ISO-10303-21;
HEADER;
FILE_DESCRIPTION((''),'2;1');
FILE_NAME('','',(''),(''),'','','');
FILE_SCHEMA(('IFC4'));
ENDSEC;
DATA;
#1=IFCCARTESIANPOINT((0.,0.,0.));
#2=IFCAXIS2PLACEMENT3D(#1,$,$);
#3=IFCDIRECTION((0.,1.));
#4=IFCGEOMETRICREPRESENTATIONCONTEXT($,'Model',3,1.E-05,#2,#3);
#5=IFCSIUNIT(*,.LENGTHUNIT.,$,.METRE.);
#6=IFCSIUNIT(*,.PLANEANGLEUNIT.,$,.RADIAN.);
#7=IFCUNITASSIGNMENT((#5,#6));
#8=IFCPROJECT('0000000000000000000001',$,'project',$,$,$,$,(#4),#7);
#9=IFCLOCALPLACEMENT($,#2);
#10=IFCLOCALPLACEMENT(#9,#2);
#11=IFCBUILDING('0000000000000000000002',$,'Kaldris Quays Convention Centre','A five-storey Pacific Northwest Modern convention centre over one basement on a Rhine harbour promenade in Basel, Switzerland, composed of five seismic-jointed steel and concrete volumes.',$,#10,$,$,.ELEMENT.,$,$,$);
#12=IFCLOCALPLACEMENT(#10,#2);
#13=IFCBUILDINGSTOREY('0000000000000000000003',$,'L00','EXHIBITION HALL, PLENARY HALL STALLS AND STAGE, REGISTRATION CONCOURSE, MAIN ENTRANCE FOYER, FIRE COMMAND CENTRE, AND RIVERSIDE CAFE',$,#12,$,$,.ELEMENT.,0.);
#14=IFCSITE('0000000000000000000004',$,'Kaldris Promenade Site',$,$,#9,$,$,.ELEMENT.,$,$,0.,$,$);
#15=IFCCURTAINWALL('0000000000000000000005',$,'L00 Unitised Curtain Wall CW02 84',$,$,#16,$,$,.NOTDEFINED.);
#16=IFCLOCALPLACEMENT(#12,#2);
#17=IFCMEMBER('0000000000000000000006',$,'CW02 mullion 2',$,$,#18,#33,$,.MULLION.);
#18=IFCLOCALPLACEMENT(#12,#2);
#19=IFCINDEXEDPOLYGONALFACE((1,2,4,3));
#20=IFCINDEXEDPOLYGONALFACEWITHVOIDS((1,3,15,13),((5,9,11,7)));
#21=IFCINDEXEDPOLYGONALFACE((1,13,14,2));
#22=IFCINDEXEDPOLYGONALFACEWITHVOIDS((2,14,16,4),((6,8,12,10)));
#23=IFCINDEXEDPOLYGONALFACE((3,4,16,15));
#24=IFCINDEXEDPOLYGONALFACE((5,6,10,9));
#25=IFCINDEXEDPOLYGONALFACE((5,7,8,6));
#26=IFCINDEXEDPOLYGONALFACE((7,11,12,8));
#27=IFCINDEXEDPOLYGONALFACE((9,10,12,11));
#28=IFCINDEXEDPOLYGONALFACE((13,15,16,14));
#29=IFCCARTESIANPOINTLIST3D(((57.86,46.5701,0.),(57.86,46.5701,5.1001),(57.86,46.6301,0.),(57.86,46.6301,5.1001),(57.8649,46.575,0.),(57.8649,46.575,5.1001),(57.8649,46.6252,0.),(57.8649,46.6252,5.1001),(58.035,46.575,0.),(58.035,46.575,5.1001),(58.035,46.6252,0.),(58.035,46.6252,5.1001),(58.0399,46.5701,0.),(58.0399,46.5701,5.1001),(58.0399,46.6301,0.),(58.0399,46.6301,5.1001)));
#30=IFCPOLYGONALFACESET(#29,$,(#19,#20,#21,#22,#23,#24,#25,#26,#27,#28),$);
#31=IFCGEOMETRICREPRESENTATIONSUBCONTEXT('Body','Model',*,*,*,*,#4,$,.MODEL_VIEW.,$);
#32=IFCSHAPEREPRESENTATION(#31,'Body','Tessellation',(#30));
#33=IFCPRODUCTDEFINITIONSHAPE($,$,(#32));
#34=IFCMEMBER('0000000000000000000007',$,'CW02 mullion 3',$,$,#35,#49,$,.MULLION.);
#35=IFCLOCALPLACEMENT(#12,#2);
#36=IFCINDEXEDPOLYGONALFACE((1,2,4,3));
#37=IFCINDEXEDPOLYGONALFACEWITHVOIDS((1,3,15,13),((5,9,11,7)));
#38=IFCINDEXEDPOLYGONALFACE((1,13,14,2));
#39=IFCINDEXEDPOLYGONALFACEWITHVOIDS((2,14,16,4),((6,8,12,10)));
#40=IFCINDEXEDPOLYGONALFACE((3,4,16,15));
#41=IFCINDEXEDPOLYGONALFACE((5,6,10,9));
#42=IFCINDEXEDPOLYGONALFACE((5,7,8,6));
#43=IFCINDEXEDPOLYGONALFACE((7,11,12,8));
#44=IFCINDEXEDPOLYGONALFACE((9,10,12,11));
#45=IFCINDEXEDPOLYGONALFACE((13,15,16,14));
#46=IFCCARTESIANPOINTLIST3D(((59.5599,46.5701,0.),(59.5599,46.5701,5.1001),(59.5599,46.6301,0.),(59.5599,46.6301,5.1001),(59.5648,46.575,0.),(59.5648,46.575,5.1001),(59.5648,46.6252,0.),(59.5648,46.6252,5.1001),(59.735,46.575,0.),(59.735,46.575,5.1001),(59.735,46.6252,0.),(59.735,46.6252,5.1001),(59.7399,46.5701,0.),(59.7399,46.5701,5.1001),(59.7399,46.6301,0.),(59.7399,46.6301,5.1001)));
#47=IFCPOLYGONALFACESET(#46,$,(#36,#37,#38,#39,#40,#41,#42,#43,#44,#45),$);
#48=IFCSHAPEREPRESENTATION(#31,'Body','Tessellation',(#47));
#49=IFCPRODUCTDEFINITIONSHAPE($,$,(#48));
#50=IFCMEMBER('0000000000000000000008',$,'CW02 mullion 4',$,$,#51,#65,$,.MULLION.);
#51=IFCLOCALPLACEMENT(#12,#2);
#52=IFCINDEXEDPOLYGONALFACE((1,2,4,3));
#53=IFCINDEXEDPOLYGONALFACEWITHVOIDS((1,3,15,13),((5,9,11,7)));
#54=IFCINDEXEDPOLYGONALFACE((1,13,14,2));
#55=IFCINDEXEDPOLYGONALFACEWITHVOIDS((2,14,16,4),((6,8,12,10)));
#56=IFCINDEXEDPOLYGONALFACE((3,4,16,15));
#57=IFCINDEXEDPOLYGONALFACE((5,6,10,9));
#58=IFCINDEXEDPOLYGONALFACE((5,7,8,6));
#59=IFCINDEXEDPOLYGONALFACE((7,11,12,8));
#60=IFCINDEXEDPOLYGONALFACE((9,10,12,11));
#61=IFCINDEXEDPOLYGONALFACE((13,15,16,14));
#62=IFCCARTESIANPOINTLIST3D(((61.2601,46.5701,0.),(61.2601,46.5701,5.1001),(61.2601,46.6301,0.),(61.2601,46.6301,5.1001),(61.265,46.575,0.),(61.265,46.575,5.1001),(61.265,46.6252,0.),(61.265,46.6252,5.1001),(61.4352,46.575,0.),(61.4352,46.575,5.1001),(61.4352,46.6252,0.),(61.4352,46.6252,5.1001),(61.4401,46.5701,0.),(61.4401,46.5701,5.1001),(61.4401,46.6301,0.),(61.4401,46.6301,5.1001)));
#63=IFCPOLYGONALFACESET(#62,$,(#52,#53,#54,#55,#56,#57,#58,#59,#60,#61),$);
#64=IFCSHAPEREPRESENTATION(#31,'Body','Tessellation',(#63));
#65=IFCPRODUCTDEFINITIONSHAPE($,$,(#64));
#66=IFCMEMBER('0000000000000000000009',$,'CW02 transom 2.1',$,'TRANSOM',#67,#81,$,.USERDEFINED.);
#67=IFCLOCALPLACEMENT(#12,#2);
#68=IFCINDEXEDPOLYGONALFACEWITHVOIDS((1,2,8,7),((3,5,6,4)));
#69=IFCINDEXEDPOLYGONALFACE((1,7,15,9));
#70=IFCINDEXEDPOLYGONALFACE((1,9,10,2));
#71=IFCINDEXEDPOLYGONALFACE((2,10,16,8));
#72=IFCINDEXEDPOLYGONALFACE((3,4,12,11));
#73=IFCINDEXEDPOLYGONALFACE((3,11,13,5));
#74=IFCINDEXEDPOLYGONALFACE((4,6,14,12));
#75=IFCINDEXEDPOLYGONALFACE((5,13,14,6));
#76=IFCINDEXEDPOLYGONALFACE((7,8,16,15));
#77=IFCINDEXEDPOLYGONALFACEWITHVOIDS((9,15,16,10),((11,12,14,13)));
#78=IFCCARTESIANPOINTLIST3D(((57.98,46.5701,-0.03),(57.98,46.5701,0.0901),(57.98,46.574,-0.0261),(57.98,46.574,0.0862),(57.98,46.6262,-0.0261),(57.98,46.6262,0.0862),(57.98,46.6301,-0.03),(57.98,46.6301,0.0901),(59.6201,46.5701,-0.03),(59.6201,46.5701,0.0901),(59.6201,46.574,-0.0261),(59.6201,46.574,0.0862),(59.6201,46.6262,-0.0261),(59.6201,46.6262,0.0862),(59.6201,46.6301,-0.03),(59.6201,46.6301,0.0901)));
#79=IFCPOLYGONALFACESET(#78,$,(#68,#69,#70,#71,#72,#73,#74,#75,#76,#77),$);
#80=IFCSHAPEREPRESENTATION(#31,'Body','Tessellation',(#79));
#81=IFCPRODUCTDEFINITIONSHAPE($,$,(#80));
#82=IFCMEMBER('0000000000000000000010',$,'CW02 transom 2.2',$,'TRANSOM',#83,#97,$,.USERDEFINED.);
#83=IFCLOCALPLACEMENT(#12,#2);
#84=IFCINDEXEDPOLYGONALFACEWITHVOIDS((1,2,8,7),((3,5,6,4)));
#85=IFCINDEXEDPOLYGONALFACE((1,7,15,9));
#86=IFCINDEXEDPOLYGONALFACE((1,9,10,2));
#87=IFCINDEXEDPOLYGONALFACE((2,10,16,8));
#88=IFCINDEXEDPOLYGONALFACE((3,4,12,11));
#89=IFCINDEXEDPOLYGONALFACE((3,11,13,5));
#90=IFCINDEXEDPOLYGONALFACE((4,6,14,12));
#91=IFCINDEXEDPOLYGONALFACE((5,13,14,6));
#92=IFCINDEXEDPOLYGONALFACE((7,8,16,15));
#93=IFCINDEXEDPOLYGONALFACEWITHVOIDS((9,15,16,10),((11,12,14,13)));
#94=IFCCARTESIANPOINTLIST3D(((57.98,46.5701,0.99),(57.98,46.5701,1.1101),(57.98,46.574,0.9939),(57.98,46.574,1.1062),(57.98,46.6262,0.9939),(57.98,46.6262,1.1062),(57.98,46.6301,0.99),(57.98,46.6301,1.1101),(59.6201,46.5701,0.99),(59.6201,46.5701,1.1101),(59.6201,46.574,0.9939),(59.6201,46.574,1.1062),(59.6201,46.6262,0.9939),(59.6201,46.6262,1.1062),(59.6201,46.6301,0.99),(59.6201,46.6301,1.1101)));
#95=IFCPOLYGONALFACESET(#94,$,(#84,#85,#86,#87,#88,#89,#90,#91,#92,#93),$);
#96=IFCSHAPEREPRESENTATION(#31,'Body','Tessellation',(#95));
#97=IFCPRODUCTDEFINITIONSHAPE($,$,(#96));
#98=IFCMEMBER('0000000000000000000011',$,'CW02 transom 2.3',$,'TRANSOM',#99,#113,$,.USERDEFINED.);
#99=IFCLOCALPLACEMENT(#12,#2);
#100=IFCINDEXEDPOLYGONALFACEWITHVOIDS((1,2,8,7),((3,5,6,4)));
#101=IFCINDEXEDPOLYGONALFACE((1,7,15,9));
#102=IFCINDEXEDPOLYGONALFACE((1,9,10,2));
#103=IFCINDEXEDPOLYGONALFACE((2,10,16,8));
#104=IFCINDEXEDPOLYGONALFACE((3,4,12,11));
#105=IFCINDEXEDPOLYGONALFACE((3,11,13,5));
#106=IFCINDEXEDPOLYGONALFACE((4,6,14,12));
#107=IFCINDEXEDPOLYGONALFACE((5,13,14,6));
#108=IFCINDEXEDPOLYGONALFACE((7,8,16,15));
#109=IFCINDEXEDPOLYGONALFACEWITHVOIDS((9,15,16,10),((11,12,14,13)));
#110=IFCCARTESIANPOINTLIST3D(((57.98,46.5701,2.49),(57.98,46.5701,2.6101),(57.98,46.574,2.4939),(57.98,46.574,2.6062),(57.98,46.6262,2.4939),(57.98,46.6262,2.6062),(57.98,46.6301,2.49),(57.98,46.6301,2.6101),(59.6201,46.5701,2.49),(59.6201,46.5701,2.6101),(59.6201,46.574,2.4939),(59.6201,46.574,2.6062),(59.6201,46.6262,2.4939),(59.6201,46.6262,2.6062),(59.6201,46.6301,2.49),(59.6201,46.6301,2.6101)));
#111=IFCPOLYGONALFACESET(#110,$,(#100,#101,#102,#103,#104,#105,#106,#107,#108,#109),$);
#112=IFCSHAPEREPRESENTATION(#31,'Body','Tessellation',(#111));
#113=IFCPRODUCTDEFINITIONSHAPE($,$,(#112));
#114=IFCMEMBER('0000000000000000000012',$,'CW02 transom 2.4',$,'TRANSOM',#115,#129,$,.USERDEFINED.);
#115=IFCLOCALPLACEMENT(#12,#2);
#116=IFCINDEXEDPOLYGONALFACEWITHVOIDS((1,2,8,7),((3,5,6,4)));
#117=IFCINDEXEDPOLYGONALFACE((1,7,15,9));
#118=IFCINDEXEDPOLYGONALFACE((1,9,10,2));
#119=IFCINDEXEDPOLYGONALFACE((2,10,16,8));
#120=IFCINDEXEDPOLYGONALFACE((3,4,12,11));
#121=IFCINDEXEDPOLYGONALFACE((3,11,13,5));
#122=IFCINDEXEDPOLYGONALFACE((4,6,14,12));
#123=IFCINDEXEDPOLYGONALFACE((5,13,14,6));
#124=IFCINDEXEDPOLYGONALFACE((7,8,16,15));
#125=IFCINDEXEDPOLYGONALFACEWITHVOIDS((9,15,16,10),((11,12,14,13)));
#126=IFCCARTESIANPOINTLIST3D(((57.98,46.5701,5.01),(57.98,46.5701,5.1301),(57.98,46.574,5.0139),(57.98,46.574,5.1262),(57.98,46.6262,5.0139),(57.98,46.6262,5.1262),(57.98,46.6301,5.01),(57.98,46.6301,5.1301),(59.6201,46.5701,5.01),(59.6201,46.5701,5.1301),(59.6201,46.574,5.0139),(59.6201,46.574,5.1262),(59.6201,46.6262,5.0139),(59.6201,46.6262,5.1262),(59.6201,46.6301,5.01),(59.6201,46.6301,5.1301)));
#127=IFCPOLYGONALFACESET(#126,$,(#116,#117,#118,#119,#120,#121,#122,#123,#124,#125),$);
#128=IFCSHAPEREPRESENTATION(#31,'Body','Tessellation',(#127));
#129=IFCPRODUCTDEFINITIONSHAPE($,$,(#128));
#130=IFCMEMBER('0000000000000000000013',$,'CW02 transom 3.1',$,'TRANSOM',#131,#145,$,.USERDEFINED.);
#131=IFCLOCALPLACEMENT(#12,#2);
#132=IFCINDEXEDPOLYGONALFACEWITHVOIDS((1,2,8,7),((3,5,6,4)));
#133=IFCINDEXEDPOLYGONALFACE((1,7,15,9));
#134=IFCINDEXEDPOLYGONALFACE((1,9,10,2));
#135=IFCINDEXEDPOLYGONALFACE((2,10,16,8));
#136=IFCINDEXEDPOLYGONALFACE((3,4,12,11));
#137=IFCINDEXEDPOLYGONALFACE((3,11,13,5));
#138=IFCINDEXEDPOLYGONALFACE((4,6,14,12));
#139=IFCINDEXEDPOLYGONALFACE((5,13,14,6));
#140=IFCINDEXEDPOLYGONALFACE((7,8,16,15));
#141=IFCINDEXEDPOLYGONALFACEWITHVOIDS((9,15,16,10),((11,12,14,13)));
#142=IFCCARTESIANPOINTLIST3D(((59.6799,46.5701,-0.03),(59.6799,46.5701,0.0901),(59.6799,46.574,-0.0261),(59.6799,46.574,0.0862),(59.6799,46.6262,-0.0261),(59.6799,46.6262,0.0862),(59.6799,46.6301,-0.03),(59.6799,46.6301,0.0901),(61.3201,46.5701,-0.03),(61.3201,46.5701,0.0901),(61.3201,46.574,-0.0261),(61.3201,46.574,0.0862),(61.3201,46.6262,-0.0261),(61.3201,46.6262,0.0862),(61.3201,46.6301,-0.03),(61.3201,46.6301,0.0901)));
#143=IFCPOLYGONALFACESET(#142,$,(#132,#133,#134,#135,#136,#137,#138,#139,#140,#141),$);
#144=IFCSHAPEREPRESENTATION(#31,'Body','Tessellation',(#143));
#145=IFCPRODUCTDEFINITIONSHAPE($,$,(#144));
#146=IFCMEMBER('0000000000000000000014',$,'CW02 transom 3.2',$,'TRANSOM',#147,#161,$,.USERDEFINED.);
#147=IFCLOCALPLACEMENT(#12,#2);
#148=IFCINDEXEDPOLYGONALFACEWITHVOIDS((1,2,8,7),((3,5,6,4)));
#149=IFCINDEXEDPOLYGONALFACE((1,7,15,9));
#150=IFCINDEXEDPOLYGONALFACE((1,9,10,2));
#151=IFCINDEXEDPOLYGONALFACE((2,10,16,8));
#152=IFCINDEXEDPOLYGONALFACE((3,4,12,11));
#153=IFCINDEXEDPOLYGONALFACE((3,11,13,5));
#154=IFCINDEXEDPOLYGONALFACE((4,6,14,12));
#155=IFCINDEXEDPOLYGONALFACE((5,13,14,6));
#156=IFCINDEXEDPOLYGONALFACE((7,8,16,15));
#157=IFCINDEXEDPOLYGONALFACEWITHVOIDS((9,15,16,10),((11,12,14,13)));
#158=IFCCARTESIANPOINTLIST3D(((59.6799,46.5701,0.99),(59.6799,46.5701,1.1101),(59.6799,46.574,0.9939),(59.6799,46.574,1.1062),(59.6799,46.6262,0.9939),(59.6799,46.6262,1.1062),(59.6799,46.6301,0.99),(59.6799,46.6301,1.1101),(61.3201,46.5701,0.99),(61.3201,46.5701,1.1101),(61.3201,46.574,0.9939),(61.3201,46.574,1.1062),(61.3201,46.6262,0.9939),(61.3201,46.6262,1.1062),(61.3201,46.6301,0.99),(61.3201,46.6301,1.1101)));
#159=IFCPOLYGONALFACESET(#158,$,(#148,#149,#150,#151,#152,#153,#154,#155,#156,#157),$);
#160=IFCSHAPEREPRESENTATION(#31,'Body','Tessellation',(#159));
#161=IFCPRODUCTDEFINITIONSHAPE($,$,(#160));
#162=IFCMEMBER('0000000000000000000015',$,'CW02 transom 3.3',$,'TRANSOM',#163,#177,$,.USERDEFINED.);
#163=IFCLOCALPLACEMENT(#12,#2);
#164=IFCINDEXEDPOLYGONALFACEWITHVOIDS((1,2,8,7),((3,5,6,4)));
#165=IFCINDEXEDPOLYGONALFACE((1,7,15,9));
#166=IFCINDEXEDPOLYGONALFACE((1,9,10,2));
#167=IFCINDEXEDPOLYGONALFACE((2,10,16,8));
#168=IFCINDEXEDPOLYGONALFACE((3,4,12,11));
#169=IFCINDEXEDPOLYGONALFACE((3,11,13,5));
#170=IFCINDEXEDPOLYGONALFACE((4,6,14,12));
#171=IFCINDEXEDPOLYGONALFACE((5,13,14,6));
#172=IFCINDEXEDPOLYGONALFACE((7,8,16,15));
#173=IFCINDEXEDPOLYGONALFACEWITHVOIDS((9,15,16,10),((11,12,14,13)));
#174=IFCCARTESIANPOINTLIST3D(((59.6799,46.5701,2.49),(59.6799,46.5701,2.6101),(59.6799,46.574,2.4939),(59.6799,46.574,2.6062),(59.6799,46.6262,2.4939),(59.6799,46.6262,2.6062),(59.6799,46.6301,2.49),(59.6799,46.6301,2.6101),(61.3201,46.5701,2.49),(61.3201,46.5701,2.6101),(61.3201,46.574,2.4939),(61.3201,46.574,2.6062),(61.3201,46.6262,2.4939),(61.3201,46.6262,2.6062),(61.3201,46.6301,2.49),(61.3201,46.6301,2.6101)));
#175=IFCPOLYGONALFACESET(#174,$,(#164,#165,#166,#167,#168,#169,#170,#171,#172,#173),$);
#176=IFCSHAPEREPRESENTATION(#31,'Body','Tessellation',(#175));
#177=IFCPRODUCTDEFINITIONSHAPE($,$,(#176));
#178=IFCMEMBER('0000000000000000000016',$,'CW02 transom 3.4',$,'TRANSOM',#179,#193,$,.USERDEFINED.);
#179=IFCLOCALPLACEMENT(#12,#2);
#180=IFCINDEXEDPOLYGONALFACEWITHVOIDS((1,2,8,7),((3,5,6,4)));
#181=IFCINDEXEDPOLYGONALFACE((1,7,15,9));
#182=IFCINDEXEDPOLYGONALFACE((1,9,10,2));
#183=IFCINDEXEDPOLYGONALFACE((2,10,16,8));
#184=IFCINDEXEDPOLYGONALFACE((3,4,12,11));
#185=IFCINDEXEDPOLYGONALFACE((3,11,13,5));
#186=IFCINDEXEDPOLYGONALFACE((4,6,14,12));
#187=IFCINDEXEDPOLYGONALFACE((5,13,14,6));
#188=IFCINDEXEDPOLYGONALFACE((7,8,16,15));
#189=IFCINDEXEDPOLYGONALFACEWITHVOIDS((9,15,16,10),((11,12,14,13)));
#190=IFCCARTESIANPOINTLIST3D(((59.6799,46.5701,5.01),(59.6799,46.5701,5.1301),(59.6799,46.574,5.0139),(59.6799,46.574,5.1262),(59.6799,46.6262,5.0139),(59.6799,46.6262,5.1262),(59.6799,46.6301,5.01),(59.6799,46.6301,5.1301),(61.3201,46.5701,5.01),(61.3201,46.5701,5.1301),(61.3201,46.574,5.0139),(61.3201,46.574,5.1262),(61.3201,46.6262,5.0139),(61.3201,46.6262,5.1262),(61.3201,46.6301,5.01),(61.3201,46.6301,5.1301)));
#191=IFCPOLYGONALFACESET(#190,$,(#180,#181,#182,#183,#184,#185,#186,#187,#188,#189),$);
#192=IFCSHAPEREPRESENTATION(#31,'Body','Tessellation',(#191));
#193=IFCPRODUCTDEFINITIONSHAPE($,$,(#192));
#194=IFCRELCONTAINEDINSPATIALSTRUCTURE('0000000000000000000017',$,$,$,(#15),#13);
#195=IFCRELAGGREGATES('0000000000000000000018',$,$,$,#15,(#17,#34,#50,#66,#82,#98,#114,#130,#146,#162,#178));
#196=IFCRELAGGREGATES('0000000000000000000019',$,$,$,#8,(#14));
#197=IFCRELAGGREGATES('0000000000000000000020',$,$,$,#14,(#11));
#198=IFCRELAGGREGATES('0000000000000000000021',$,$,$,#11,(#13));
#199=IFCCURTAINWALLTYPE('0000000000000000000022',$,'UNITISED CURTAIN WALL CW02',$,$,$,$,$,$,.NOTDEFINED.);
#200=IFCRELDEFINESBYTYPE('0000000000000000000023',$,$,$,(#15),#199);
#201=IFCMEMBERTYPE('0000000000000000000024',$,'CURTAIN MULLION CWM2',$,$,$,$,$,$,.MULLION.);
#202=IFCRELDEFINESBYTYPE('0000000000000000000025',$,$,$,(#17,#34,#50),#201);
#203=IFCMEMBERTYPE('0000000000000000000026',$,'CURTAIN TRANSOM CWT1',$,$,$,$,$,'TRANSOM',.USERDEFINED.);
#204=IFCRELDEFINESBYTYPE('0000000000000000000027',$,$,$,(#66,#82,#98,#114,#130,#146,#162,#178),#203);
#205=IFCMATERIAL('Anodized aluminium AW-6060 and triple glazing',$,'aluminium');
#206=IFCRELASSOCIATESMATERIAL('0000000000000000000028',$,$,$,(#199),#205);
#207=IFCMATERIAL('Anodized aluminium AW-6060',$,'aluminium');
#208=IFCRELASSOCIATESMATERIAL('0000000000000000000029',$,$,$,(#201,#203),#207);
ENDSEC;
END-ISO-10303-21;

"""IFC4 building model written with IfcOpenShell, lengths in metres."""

from ifc_helpers import new_model, si_unit, direction, frame, origin, origin_2d, place, context, subcontext, project, spatial, hollow_rectangle, extrude, material, material_profile, profile_set, type_object, element, aggregate, save


model = new_model("IFC4")

# Units and contexts
model_context = context("Model", 3, precision=1e-05, world=origin(), true_north=direction((0.0, 1.0)))
body_context = subcontext(model_context, "Body", "Model", "MODEL_VIEW")
ifc_project = project(units=[si_unit("LENGTHUNIT", "METRE"), si_unit("PLANEANGLEUNIT", "RADIAN")], contexts=[model_context])

# Site, building, storey
site_placement = place(None, origin())
site = spatial("IfcSite", under=ifc_project, at=site_placement, Name="Kaldris Promenade Site", CompositionType="ELEMENT", RefElevation=0.0)
building_placement = place(site_placement, origin())
building = spatial("IfcBuilding", under=site, at=building_placement, Name="Kaldris Quays Convention Centre", Description="A five-storey Pacific Northwest Modern convention centre over one basement on a Rhine harbour promenade in Basel, Switzerland, composed of five seismic-jointed steel and concrete volumes.", CompositionType="ELEMENT")
storey_placement = place(building_placement, origin())
storey = spatial("IfcBuildingStorey", under=building, at=storey_placement, Name="L00", Description="EXHIBITION HALL, PLENARY HALL STALLS AND STAGE, REGISTRATION CONCOURSE, MAIN ENTRANCE FOYER, FIRE COMMAND CENTRE, AND RIVERSIDE CAFE", CompositionType="ELEMENT", Elevation=0.0)

# Curtain wall, members
ifc_material_1 = material(Name="Anodized aluminium AW-6060 and triple glazing", Category="aluminium")
curtain_wall_type = type_object("IfcCurtainWallType", Name="UNITISED CURTAIN WALL CW02", PredefinedType="NOTDEFINED", material=ifc_material_1)
curtain_wall_placement = place(storey_placement, origin())
curtain_wall = element("IfcCurtainWall", 1, at=curtain_wall_placement, inside=storey, type_object=curtain_wall_type, Name="L00 Unitised Curtain Wall CW02 84", PredefinedType="NOTDEFINED")
ifc_material_2 = material(Name="Anodized aluminium AW-6060", Category="aluminium")
ifc_material_profile_1 = material_profile(ifc_material_2, hollow_rectangle(XDim=0.0601, YDim=0.1799, WallThickness=0.0049, at=origin_2d()), Name="RHS 180x60x5")
ifc_profile_set_1 = profile_set([ifc_material_profile_1], Name="Anodized aluminium AW-6060")
member_type_1 = type_object("IfcMemberType", Name="CURTAIN MULLION CWM2", PredefinedType="MULLION", material=ifc_profile_set_1)
member_1_placement = place(storey_placement, frame((57.95, 46.6001, 0.0), z_axis=(0.0, 0.0, 1.0), x_axis=(0.0, 1.0, 0.0)))
member_1 = element("IfcMember", 2, at=member_1_placement, type_object=member_type_1, Name="CW02 mullion 2", PredefinedType="MULLION", context=body_context, shape_type="SweptSolid", body=[
    extrude(hollow_rectangle(XDim=0.0601, YDim=0.1799, WallThickness=0.0049, at=origin_2d()), origin(), (0.0, 0.0, 1.0), 5.1001),
])
member_2_placement = place(storey_placement, frame((59.6499, 46.6001, 0.0), z_axis=(0.0, 0.0, 1.0), x_axis=(0.0, 1.0, 0.0)))
member_2 = element("IfcMember", 3, at=member_2_placement, type_object=member_type_1, Name="CW02 mullion 3", PredefinedType="MULLION", context=body_context, shape_type="SweptSolid", body=[
    extrude(hollow_rectangle(XDim=0.0601, YDim=0.1799, WallThickness=0.0049, at=origin_2d()), origin(), (0.0, 0.0, 1.0), 5.1001),
])
member_3_placement = place(storey_placement, frame((61.3501, 46.6001, 0.0), z_axis=(0.0, 0.0, 1.0), x_axis=(0.0, 1.0, 0.0)))
member_3 = element("IfcMember", 4, at=member_3_placement, type_object=member_type_1, Name="CW02 mullion 4", PredefinedType="MULLION", context=body_context, shape_type="SweptSolid", body=[
    extrude(hollow_rectangle(XDim=0.0601, YDim=0.1799, WallThickness=0.0049, at=origin_2d()), origin(), (0.0, 0.0, 1.0), 5.1001),
])
ifc_material_profile_2 = material_profile(ifc_material_2, hollow_rectangle(XDim=0.0601, YDim=0.1201, WallThickness=0.0039, at=origin_2d()), Name="RHS 120x60x4")
ifc_profile_set_2 = profile_set([ifc_material_profile_2], Name="Anodized aluminium AW-6060")
member_type_2 = type_object("IfcMemberType", Name="CURTAIN TRANSOM CWT1", ElementType="TRANSOM", PredefinedType="USERDEFINED", material=ifc_profile_set_2)
member_4_placement = place(storey_placement, frame((57.98, 46.6001, 0.03), z_axis=(1.0, 0.0, 0.0), x_axis=(0.0, 1.0, 0.0)))
member_4 = element("IfcMember", 5, at=member_4_placement, type_object=member_type_2, Name="CW02 transom 2.1", ObjectType="TRANSOM", PredefinedType="USERDEFINED", context=body_context, shape_type="SweptSolid", body=[
    extrude(hollow_rectangle(XDim=0.0601, YDim=0.1201, WallThickness=0.0039, at=origin_2d()), origin(), (0.0, 0.0, 1.0), 1.6401),
])
member_5_placement = place(storey_placement, frame((57.98, 46.6001, 1.05), z_axis=(1.0, 0.0, 0.0), x_axis=(0.0, 1.0, 0.0)))
member_5 = element("IfcMember", 6, at=member_5_placement, type_object=member_type_2, Name="CW02 transom 2.2", ObjectType="TRANSOM", PredefinedType="USERDEFINED", context=body_context, shape_type="SweptSolid", body=[
    extrude(hollow_rectangle(XDim=0.0601, YDim=0.1201, WallThickness=0.0039, at=origin_2d()), origin(), (0.0, 0.0, 1.0), 1.6401),
])
member_6_placement = place(storey_placement, frame((57.98, 46.6001, 2.55), z_axis=(1.0, 0.0, 0.0), x_axis=(0.0, 1.0, 0.0)))
member_6 = element("IfcMember", 7, at=member_6_placement, type_object=member_type_2, Name="CW02 transom 2.3", ObjectType="TRANSOM", PredefinedType="USERDEFINED", context=body_context, shape_type="SweptSolid", body=[
    extrude(hollow_rectangle(XDim=0.0601, YDim=0.1201, WallThickness=0.0039, at=origin_2d()), origin(), (0.0, 0.0, 1.0), 1.6401),
])
member_7_placement = place(storey_placement, frame((57.98, 46.6001, 5.0701), z_axis=(1.0, 0.0, 0.0), x_axis=(0.0, 1.0, 0.0)))
member_7 = element("IfcMember", 8, at=member_7_placement, type_object=member_type_2, Name="CW02 transom 2.4", ObjectType="TRANSOM", PredefinedType="USERDEFINED", context=body_context, shape_type="SweptSolid", body=[
    extrude(hollow_rectangle(XDim=0.0601, YDim=0.1201, WallThickness=0.0039, at=origin_2d()), origin(), (0.0, 0.0, 1.0), 1.6401),
])
member_8_placement = place(storey_placement, frame((59.6799, 46.6001, 0.03), z_axis=(1.0, 0.0, 0.0), x_axis=(0.0, 1.0, 0.0)))
member_8 = element("IfcMember", 9, at=member_8_placement, type_object=member_type_2, Name="CW02 transom 3.1", ObjectType="TRANSOM", PredefinedType="USERDEFINED", context=body_context, shape_type="SweptSolid", body=[
    extrude(hollow_rectangle(XDim=0.0601, YDim=0.1201, WallThickness=0.0039, at=origin_2d()), origin(), (0.0, 0.0, 1.0), 1.6401),
])
member_9_placement = place(storey_placement, frame((59.6799, 46.6001, 1.05), z_axis=(1.0, 0.0, 0.0), x_axis=(0.0, 1.0, 0.0)))
member_9 = element("IfcMember", 10, at=member_9_placement, type_object=member_type_2, Name="CW02 transom 3.2", ObjectType="TRANSOM", PredefinedType="USERDEFINED", context=body_context, shape_type="SweptSolid", body=[
    extrude(hollow_rectangle(XDim=0.0601, YDim=0.1201, WallThickness=0.0039, at=origin_2d()), origin(), (0.0, 0.0, 1.0), 1.6401),
])
member_10_placement = place(storey_placement, frame((59.6799, 46.6001, 2.55), z_axis=(1.0, 0.0, 0.0), x_axis=(0.0, 1.0, 0.0)))
member_10 = element("IfcMember", 11, at=member_10_placement, type_object=member_type_2, Name="CW02 transom 3.3", ObjectType="TRANSOM", PredefinedType="USERDEFINED", context=body_context, shape_type="SweptSolid", body=[
    extrude(hollow_rectangle(XDim=0.0601, YDim=0.1201, WallThickness=0.0039, at=origin_2d()), origin(), (0.0, 0.0, 1.0), 1.6401),
])
member_11_placement = place(storey_placement, frame((59.6799, 46.6001, 5.0701), z_axis=(1.0, 0.0, 0.0), x_axis=(0.0, 1.0, 0.0)))
member_11 = element("IfcMember", 12, at=member_11_placement, type_object=member_type_2, Name="CW02 transom 3.4", ObjectType="TRANSOM", PredefinedType="USERDEFINED", context=body_context, shape_type="SweptSolid", body=[
    extrude(hollow_rectangle(XDim=0.0601, YDim=0.1201, WallThickness=0.0039, at=origin_2d()), origin(), (0.0, 0.0, 1.0), 1.6401),
])

aggregate(curtain_wall, [member_1, member_2, member_3, member_4, member_5, member_6, member_7, member_8, member_9, member_10, member_11])

save(model, "model.ifc")
